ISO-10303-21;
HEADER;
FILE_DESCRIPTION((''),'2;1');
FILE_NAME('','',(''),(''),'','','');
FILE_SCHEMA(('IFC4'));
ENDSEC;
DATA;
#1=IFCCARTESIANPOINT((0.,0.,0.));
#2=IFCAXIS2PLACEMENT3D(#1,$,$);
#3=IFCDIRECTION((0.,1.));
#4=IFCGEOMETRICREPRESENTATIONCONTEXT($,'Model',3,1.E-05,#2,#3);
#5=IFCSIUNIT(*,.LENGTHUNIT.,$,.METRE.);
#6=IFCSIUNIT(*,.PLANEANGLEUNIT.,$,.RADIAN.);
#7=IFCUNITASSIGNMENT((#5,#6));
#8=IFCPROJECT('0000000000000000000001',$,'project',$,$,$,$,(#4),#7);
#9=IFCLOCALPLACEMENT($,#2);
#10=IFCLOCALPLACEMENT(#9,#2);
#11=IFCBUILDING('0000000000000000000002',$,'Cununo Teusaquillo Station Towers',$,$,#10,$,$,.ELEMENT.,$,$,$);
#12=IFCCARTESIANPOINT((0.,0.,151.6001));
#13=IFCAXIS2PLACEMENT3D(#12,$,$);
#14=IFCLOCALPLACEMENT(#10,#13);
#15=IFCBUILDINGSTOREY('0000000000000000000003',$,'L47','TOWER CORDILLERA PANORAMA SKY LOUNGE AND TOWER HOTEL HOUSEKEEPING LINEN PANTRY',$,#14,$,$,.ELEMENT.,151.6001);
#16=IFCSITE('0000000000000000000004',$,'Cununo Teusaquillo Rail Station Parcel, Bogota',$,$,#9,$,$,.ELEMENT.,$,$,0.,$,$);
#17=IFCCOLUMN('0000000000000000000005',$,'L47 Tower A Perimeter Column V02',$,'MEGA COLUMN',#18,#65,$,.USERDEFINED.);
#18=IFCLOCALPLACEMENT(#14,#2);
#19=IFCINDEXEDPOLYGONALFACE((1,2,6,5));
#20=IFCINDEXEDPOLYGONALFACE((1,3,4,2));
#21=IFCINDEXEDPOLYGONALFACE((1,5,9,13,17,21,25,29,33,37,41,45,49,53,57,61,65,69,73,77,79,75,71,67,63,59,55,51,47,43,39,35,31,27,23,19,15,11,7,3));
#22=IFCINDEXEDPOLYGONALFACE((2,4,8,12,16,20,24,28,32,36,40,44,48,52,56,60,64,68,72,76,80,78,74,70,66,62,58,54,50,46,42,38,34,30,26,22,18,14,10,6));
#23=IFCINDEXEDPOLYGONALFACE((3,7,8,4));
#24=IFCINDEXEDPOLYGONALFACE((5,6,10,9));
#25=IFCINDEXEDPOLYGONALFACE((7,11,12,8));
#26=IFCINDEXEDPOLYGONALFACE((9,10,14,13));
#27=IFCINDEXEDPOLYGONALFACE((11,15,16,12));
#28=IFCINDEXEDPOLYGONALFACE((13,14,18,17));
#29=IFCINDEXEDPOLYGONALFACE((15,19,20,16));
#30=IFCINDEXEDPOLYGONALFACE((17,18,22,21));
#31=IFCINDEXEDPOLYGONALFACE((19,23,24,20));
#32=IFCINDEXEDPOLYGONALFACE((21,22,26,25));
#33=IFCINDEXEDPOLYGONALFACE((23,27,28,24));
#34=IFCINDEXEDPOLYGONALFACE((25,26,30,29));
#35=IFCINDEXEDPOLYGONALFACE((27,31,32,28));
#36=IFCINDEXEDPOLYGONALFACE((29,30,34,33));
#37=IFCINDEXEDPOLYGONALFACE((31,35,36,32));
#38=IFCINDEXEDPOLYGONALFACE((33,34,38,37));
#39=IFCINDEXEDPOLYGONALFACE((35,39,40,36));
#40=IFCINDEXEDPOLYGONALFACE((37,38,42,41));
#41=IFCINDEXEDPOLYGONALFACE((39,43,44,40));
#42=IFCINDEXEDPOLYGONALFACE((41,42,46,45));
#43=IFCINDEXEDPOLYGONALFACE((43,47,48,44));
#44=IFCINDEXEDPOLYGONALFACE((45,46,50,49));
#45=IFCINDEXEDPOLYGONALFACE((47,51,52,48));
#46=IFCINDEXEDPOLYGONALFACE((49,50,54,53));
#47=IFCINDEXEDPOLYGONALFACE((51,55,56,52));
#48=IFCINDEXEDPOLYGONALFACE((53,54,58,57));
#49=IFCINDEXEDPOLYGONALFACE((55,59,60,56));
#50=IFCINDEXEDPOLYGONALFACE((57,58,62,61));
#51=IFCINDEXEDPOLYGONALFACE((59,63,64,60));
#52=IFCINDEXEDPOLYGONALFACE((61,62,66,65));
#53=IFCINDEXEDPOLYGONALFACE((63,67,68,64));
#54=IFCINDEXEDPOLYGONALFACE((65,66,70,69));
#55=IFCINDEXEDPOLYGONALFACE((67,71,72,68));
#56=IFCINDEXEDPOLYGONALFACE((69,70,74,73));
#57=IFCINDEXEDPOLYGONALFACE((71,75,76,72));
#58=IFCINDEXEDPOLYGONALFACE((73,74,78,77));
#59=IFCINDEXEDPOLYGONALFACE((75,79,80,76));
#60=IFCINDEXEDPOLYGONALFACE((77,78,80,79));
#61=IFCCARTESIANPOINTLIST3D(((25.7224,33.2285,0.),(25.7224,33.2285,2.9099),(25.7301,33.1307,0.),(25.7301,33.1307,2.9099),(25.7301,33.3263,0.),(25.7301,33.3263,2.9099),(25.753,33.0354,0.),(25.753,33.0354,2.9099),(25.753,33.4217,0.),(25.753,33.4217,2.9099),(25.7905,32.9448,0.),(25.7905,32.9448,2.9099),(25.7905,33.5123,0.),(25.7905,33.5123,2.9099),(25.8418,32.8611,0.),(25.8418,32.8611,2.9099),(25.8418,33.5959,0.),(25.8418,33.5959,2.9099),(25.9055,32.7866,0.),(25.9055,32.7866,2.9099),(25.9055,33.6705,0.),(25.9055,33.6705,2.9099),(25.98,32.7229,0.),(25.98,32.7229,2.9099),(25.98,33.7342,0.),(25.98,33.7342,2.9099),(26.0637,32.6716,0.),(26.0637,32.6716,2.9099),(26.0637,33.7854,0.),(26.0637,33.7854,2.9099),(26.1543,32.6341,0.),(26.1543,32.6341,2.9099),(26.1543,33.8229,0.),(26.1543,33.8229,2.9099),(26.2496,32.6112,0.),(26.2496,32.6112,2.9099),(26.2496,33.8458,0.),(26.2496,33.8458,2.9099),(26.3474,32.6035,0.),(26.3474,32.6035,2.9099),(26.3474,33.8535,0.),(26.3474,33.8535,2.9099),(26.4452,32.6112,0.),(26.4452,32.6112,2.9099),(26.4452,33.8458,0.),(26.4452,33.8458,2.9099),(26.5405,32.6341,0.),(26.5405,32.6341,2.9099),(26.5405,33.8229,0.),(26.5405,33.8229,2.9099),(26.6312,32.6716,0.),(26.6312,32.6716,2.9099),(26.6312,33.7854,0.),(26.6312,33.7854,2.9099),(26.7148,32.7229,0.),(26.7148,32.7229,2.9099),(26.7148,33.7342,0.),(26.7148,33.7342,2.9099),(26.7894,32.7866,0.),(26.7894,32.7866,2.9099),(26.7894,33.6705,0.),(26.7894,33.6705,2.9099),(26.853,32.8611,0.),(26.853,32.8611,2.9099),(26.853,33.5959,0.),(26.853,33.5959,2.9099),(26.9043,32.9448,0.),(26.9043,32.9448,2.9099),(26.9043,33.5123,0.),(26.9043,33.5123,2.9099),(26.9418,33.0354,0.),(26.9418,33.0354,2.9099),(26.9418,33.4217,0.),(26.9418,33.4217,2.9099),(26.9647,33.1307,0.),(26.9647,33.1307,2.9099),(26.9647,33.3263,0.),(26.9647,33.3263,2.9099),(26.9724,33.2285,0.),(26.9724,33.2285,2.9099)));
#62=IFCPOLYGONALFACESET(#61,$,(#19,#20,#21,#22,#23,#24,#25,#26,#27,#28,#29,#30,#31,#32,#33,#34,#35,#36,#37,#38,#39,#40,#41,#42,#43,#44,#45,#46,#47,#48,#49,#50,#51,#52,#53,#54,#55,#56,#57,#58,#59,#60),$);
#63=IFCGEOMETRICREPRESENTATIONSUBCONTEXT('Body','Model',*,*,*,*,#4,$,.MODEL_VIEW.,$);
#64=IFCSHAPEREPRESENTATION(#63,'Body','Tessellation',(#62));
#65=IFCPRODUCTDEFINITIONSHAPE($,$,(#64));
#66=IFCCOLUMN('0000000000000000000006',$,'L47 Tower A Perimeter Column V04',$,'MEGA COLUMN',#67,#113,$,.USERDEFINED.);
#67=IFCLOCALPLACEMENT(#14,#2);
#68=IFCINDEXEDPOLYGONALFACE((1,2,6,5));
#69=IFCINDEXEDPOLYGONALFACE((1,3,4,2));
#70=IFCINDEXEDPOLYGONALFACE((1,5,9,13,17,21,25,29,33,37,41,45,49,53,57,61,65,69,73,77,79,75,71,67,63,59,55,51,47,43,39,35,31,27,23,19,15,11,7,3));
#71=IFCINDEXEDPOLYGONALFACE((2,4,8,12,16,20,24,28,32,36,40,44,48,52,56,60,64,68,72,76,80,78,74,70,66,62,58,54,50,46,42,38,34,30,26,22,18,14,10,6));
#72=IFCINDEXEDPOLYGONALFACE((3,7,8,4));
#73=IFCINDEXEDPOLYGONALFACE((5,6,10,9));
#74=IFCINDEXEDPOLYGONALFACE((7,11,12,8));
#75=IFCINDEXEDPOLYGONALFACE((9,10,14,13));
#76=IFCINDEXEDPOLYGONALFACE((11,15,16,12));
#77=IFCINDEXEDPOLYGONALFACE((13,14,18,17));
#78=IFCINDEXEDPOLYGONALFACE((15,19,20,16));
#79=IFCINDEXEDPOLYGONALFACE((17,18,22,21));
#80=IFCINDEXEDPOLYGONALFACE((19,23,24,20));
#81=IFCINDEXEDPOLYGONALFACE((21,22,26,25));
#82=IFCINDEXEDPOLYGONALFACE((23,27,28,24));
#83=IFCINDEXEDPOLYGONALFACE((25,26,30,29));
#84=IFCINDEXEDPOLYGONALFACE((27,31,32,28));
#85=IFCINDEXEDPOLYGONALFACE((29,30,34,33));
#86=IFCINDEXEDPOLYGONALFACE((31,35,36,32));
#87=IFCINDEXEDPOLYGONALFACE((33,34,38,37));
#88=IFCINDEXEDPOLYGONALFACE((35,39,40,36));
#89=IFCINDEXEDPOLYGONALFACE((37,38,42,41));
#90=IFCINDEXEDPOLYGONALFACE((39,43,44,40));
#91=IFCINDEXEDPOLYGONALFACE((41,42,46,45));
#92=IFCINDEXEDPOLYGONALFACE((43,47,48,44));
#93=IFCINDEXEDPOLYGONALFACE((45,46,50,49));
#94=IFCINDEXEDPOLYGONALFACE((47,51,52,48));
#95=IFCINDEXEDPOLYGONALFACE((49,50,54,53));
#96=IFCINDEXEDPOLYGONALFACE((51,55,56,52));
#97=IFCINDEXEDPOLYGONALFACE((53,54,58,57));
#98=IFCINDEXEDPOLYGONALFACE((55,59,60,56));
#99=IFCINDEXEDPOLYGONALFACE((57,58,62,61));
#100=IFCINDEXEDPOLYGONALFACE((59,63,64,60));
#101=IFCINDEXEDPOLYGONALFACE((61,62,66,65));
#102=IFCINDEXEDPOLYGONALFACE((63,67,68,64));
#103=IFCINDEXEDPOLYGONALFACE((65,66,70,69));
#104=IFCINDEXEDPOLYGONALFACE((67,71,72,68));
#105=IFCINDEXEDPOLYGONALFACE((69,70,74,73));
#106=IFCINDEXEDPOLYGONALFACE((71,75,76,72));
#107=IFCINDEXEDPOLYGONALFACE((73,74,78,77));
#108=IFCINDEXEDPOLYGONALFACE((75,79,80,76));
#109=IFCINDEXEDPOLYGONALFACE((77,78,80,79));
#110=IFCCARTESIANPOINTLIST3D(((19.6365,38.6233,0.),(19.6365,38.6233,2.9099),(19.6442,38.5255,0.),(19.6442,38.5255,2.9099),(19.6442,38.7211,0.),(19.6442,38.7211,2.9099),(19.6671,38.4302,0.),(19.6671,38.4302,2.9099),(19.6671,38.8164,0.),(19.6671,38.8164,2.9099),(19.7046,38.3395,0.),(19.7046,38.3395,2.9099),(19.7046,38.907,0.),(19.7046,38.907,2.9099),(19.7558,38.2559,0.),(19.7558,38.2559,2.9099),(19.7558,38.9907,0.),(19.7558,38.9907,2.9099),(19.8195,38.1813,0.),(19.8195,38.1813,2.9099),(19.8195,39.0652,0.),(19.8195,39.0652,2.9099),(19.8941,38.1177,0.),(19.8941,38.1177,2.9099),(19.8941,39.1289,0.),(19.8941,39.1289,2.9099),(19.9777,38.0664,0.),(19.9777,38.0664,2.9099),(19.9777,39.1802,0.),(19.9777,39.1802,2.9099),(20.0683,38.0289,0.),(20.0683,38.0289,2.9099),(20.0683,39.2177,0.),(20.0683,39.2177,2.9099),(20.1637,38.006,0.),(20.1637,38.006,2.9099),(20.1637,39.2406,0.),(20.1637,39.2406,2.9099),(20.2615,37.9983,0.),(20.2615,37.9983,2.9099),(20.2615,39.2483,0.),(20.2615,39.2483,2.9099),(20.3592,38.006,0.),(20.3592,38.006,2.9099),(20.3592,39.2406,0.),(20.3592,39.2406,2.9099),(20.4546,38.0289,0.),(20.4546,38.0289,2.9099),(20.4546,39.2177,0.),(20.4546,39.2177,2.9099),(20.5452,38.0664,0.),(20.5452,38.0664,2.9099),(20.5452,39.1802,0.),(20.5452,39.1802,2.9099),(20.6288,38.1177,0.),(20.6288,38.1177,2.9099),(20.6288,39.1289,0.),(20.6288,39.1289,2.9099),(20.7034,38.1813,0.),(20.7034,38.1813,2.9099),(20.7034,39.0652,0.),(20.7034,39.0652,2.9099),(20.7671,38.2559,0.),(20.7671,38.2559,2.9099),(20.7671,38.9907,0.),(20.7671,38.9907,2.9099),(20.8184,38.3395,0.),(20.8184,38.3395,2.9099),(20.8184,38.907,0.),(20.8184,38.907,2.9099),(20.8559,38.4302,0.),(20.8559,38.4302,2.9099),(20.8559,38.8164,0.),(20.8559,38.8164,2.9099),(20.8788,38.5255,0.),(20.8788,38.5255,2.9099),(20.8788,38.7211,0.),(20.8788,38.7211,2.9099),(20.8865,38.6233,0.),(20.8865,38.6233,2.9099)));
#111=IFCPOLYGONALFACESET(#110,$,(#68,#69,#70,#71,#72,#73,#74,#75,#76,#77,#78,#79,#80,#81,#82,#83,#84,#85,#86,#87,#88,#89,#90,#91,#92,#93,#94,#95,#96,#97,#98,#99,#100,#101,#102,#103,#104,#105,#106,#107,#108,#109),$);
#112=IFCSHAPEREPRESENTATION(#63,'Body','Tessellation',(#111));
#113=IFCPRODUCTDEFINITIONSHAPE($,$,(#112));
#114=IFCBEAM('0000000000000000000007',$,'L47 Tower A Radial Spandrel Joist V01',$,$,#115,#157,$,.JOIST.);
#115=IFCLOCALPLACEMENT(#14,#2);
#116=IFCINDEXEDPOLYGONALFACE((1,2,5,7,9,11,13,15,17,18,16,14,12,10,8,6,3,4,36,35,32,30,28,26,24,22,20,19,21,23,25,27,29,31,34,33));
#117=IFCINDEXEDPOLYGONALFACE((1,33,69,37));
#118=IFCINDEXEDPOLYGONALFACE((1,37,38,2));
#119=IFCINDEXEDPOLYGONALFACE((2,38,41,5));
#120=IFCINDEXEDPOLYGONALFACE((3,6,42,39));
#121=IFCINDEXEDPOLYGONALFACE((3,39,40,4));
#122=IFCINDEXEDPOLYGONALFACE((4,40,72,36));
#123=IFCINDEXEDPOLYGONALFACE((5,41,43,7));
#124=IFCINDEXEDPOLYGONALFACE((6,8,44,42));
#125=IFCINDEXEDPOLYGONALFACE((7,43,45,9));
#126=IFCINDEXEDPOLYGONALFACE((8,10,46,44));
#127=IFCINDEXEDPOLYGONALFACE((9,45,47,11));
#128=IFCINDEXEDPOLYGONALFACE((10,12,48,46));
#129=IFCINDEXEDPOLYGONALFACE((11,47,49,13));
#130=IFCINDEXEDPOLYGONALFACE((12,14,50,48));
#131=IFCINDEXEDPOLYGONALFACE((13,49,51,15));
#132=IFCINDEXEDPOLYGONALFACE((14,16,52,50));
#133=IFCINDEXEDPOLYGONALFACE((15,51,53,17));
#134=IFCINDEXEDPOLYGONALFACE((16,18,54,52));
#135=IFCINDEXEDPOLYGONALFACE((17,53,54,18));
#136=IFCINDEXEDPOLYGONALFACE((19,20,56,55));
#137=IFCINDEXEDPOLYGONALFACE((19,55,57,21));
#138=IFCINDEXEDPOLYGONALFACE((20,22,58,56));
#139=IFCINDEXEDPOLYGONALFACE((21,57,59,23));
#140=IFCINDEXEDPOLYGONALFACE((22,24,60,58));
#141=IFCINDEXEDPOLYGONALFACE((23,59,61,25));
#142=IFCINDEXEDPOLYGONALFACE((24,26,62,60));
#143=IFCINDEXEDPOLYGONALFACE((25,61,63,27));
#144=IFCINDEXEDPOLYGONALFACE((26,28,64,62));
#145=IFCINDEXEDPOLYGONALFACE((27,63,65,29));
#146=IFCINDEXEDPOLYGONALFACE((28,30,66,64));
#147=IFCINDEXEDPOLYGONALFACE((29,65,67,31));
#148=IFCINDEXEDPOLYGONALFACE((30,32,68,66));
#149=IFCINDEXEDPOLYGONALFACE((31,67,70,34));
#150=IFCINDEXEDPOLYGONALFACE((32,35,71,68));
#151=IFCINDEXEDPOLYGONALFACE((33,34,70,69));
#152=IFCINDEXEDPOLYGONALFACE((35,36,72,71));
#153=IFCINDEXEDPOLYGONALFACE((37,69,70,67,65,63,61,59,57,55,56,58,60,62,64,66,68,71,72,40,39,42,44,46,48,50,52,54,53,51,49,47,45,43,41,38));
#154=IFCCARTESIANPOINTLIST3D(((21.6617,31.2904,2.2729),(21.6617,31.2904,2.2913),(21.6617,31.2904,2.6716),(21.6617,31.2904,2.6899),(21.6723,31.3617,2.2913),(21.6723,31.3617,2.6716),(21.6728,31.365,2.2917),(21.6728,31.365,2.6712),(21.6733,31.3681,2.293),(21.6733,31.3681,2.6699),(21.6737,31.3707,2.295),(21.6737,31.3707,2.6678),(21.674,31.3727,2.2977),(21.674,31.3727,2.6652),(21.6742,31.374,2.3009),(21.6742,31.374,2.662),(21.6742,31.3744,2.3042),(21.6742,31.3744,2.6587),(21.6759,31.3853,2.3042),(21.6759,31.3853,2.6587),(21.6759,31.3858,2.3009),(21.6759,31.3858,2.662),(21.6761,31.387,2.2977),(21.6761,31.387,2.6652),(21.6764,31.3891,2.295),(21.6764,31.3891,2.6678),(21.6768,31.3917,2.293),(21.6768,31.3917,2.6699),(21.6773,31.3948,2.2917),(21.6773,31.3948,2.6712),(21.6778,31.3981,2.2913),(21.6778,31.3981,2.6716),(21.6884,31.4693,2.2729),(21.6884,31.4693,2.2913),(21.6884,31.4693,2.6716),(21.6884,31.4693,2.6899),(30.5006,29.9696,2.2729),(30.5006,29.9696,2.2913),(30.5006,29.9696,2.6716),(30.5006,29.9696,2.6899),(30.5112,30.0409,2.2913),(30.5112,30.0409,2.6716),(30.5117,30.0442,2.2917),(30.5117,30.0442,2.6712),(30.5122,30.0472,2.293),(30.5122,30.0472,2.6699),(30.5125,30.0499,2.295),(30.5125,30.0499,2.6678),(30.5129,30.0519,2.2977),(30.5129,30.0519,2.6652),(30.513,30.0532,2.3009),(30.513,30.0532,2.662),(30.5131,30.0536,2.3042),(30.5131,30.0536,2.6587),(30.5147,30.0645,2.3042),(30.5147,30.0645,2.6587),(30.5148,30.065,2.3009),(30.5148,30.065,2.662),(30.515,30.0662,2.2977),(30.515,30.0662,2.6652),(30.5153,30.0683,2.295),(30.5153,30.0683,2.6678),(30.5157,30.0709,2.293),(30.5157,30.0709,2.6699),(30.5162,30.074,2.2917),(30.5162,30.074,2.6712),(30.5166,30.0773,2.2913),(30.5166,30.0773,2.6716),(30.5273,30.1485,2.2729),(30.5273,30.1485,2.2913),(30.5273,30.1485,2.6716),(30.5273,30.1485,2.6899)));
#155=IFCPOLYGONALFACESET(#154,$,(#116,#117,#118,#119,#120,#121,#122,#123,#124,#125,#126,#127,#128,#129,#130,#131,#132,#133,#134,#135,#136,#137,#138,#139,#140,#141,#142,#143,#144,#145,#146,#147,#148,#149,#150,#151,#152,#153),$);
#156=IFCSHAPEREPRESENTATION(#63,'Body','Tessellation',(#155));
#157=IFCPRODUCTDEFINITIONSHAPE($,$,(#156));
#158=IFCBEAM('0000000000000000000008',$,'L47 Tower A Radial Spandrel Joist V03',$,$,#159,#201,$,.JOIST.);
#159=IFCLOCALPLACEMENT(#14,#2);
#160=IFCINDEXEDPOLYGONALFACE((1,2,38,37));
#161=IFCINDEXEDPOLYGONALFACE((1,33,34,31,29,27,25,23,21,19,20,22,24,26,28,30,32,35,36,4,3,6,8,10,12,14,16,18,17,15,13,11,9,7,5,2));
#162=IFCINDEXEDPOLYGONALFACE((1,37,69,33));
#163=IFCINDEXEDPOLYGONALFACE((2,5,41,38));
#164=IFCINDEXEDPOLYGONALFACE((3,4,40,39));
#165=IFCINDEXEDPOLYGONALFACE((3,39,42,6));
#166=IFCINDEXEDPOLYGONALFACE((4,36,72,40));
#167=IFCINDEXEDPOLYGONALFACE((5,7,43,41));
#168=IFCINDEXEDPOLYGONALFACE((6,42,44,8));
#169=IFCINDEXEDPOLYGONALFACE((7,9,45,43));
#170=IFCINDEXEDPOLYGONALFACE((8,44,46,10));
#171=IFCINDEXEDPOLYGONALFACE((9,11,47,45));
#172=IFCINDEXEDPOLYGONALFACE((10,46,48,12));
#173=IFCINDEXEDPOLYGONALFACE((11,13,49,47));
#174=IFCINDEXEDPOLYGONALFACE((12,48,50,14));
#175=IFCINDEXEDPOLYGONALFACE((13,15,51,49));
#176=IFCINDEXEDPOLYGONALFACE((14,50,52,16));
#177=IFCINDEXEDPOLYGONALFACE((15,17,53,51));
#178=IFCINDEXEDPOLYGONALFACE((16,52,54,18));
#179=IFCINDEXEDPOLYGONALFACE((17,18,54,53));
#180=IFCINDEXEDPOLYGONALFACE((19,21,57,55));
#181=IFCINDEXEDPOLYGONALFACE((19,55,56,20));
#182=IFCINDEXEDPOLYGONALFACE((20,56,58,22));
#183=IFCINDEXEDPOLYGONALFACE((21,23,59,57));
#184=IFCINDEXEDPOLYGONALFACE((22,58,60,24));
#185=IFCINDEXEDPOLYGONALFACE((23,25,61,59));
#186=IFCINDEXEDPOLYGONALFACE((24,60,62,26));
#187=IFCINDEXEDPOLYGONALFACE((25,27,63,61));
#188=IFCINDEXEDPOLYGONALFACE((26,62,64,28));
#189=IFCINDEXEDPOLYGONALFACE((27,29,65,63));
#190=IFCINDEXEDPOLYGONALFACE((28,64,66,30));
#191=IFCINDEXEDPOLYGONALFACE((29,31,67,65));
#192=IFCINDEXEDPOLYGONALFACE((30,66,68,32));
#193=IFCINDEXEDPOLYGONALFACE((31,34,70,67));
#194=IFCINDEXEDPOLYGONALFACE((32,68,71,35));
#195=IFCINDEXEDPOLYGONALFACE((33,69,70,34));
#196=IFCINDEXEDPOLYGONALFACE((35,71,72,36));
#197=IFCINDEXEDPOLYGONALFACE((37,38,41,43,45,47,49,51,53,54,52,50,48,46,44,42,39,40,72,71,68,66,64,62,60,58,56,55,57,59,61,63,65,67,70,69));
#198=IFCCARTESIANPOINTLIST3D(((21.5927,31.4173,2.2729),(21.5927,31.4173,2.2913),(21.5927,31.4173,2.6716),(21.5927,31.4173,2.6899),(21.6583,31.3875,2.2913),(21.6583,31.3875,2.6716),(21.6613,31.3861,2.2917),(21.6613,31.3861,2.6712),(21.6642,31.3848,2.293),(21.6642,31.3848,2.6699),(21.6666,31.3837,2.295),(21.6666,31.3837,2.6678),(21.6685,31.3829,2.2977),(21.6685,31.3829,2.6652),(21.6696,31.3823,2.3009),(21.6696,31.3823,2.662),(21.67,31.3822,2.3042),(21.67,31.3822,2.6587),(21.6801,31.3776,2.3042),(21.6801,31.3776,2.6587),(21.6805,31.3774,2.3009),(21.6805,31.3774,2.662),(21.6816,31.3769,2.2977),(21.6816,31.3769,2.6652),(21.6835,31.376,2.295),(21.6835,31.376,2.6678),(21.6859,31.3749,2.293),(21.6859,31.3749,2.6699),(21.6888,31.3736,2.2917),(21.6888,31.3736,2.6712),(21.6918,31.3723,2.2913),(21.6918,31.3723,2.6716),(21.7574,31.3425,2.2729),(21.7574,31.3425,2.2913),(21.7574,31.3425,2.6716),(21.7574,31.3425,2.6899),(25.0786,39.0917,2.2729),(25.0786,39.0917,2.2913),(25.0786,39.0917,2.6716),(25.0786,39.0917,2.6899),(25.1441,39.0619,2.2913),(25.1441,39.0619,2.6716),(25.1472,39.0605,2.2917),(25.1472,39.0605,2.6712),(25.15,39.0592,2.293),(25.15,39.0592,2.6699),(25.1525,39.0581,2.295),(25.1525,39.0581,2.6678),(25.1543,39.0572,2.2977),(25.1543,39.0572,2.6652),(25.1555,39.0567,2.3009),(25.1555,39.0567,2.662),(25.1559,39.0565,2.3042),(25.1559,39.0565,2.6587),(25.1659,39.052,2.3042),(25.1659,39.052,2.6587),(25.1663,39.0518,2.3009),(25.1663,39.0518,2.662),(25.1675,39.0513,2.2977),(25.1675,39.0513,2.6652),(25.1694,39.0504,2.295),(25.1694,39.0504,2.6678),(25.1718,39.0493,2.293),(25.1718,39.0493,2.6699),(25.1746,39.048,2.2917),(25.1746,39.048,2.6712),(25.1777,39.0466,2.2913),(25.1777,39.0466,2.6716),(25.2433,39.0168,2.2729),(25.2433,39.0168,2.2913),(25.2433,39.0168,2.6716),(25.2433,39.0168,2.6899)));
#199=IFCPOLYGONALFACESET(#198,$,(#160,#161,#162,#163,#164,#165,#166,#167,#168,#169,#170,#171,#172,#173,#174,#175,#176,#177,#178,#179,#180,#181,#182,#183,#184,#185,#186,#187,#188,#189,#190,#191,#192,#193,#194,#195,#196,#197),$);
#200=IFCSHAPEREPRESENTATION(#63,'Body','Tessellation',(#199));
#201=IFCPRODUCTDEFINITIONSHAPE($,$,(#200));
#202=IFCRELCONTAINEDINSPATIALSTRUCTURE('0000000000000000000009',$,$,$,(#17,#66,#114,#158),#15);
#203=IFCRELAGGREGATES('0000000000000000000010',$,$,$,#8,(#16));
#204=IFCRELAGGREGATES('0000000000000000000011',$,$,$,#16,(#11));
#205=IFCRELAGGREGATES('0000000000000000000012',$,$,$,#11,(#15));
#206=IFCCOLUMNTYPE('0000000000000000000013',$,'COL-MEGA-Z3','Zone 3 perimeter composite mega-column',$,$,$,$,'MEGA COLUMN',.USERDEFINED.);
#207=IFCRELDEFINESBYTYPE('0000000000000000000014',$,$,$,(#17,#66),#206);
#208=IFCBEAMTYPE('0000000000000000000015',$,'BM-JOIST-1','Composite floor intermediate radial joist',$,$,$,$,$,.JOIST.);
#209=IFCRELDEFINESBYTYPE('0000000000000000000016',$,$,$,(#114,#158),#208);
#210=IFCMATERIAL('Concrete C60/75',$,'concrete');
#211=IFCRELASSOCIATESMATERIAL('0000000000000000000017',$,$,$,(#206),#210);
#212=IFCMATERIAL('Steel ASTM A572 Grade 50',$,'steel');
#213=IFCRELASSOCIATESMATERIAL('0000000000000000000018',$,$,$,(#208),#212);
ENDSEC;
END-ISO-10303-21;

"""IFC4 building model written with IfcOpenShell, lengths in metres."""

from ifc_helpers import new_model, si_unit, direction, frame, origin, origin_2d, place, context, subcontext, project, spatial, circle, i_section, extrude, material, material_profile, profile_set, type_object, element, save


model = new_model("IFC4")

# Units and contexts
model_context = context("Model", 3, precision=1e-05, world=origin(), true_north=direction((0.0, 1.0)))
body_context = subcontext(model_context, "Body", "Model", "MODEL_VIEW")
ifc_project = project(units=[si_unit("LENGTHUNIT", "METRE"), si_unit("PLANEANGLEUNIT", "RADIAN")], contexts=[model_context])

# Site, building, storey
site_placement = place(None, origin())
site = spatial("IfcSite", under=ifc_project, at=site_placement, Name="Cununo Teusaquillo Rail Station Parcel, Bogota", CompositionType="ELEMENT", RefElevation=0.0)
building_placement = place(site_placement, origin())
building = spatial("IfcBuilding", under=site, at=building_placement, Name="Cununo Teusaquillo Station Towers", CompositionType="ELEMENT")
storey_placement = place(building_placement, frame((0.0, 0.0, 151.6001)))
storey = spatial("IfcBuildingStorey", under=building, at=storey_placement, Name="L47", Description="TOWER CORDILLERA PANORAMA SKY LOUNGE AND TOWER HOTEL HOUSEKEEPING LINEN PANTRY", CompositionType="ELEMENT", Elevation=151.6001)

# Columns
ifc_material_1 = material(Name="Concrete C60/75", Category="concrete")
ifc_material_profile_1 = material_profile(ifc_material_1, circle(Radius=0.625, at=origin_2d()), Name="RC-CIRC-1250")
ifc_profile_set_1 = profile_set([ifc_material_profile_1], Name="Concrete C60/75")
column_type = type_object("IfcColumnType", Name="COL-MEGA-Z3", Description="Zone 3 perimeter composite mega-column", ElementType="MEGA COLUMN", PredefinedType="USERDEFINED", material=ifc_profile_set_1)
for number, where, z_axis, x_axis, name in (
    (1, (26.3474, 33.2285, 0.0), (0.0, 0.0, 1.0), (1.0, 0.0, 0.0), "L47 Tower A Perimeter Column V02"),
    (2, (20.2615, 38.6233, 0.0), (0.0, 0.0, 1.0), (1.0, 0.0, 0.0), "L47 Tower A Perimeter Column V04"),
):
    element("IfcColumn", number, at=place(storey_placement, frame(where, z_axis=z_axis, x_axis=x_axis)), inside=storey, type_object=column_type, Name=name, ObjectType="MEGA COLUMN", PredefinedType="USERDEFINED", context=body_context, shape_type="SweptSolid", body=[
        extrude(circle(Radius=0.625, at=origin_2d()), origin(), (0.0, 0.0, 1.0), 2.9099),
    ])

# Beams
ifc_material_2 = material(Name="Steel ASTM A572 Grade 50", Category="steel")
ifc_material_profile_2 = material_profile(ifc_material_2, i_section(OverallWidth=0.1809, OverallDepth=0.417, WebThickness=0.011, FlangeThickness=0.0183, FilletRadius=0.0129, at=origin_2d()), Name="W16X57")
ifc_profile_set_2 = profile_set([ifc_material_profile_2], Name="Steel ASTM A572 Grade 50")
beam_type_1 = type_object("IfcBeamType", Name="BM-JOIST-1", Description="Composite floor intermediate radial joist", PredefinedType="JOIST", material=ifc_profile_set_2)
beam_1_placement = place(storey_placement, frame((21.675, 31.3799, 2.4814), z_axis=(0.989019, -0.14779, 0.0), x_axis=(0.14779, 0.989019, 0.0)))
element("IfcBeam", 3, at=beam_1_placement, inside=storey, type_object=beam_type_1, Name="L47 Tower A Radial Spandrel Joist V01", PredefinedType="JOIST", context=body_context, shape_type="SweptSolid", body=[
    extrude(i_section(OverallWidth=0.1809, OverallDepth=0.417, WebThickness=0.011, FlangeThickness=0.0183, FilletRadius=0.0129, at=origin_2d()), origin(), (0.0, 0.0, 1.0), 8.937),
])
beam_2_placement = place(storey_placement, frame((21.675, 31.3799, 2.4814), z_axis=(0.413559, 0.910478, 0.0), x_axis=(-0.910478, 0.413559, 0.0)))
element("IfcBeam", 4, at=beam_2_placement, inside=storey, type_object=beam_type_1, Name="L47 Tower A Radial Spandrel Joist V03", PredefinedType="JOIST", context=body_context, shape_type="SweptSolid", body=[
    extrude(i_section(OverallWidth=0.1809, OverallDepth=0.417, WebThickness=0.011, FlangeThickness=0.0183, FilletRadius=0.0129, at=origin_2d()), origin(), (0.0, 0.0, 1.0), 8.429),
])

save(model, "model.ifc")
